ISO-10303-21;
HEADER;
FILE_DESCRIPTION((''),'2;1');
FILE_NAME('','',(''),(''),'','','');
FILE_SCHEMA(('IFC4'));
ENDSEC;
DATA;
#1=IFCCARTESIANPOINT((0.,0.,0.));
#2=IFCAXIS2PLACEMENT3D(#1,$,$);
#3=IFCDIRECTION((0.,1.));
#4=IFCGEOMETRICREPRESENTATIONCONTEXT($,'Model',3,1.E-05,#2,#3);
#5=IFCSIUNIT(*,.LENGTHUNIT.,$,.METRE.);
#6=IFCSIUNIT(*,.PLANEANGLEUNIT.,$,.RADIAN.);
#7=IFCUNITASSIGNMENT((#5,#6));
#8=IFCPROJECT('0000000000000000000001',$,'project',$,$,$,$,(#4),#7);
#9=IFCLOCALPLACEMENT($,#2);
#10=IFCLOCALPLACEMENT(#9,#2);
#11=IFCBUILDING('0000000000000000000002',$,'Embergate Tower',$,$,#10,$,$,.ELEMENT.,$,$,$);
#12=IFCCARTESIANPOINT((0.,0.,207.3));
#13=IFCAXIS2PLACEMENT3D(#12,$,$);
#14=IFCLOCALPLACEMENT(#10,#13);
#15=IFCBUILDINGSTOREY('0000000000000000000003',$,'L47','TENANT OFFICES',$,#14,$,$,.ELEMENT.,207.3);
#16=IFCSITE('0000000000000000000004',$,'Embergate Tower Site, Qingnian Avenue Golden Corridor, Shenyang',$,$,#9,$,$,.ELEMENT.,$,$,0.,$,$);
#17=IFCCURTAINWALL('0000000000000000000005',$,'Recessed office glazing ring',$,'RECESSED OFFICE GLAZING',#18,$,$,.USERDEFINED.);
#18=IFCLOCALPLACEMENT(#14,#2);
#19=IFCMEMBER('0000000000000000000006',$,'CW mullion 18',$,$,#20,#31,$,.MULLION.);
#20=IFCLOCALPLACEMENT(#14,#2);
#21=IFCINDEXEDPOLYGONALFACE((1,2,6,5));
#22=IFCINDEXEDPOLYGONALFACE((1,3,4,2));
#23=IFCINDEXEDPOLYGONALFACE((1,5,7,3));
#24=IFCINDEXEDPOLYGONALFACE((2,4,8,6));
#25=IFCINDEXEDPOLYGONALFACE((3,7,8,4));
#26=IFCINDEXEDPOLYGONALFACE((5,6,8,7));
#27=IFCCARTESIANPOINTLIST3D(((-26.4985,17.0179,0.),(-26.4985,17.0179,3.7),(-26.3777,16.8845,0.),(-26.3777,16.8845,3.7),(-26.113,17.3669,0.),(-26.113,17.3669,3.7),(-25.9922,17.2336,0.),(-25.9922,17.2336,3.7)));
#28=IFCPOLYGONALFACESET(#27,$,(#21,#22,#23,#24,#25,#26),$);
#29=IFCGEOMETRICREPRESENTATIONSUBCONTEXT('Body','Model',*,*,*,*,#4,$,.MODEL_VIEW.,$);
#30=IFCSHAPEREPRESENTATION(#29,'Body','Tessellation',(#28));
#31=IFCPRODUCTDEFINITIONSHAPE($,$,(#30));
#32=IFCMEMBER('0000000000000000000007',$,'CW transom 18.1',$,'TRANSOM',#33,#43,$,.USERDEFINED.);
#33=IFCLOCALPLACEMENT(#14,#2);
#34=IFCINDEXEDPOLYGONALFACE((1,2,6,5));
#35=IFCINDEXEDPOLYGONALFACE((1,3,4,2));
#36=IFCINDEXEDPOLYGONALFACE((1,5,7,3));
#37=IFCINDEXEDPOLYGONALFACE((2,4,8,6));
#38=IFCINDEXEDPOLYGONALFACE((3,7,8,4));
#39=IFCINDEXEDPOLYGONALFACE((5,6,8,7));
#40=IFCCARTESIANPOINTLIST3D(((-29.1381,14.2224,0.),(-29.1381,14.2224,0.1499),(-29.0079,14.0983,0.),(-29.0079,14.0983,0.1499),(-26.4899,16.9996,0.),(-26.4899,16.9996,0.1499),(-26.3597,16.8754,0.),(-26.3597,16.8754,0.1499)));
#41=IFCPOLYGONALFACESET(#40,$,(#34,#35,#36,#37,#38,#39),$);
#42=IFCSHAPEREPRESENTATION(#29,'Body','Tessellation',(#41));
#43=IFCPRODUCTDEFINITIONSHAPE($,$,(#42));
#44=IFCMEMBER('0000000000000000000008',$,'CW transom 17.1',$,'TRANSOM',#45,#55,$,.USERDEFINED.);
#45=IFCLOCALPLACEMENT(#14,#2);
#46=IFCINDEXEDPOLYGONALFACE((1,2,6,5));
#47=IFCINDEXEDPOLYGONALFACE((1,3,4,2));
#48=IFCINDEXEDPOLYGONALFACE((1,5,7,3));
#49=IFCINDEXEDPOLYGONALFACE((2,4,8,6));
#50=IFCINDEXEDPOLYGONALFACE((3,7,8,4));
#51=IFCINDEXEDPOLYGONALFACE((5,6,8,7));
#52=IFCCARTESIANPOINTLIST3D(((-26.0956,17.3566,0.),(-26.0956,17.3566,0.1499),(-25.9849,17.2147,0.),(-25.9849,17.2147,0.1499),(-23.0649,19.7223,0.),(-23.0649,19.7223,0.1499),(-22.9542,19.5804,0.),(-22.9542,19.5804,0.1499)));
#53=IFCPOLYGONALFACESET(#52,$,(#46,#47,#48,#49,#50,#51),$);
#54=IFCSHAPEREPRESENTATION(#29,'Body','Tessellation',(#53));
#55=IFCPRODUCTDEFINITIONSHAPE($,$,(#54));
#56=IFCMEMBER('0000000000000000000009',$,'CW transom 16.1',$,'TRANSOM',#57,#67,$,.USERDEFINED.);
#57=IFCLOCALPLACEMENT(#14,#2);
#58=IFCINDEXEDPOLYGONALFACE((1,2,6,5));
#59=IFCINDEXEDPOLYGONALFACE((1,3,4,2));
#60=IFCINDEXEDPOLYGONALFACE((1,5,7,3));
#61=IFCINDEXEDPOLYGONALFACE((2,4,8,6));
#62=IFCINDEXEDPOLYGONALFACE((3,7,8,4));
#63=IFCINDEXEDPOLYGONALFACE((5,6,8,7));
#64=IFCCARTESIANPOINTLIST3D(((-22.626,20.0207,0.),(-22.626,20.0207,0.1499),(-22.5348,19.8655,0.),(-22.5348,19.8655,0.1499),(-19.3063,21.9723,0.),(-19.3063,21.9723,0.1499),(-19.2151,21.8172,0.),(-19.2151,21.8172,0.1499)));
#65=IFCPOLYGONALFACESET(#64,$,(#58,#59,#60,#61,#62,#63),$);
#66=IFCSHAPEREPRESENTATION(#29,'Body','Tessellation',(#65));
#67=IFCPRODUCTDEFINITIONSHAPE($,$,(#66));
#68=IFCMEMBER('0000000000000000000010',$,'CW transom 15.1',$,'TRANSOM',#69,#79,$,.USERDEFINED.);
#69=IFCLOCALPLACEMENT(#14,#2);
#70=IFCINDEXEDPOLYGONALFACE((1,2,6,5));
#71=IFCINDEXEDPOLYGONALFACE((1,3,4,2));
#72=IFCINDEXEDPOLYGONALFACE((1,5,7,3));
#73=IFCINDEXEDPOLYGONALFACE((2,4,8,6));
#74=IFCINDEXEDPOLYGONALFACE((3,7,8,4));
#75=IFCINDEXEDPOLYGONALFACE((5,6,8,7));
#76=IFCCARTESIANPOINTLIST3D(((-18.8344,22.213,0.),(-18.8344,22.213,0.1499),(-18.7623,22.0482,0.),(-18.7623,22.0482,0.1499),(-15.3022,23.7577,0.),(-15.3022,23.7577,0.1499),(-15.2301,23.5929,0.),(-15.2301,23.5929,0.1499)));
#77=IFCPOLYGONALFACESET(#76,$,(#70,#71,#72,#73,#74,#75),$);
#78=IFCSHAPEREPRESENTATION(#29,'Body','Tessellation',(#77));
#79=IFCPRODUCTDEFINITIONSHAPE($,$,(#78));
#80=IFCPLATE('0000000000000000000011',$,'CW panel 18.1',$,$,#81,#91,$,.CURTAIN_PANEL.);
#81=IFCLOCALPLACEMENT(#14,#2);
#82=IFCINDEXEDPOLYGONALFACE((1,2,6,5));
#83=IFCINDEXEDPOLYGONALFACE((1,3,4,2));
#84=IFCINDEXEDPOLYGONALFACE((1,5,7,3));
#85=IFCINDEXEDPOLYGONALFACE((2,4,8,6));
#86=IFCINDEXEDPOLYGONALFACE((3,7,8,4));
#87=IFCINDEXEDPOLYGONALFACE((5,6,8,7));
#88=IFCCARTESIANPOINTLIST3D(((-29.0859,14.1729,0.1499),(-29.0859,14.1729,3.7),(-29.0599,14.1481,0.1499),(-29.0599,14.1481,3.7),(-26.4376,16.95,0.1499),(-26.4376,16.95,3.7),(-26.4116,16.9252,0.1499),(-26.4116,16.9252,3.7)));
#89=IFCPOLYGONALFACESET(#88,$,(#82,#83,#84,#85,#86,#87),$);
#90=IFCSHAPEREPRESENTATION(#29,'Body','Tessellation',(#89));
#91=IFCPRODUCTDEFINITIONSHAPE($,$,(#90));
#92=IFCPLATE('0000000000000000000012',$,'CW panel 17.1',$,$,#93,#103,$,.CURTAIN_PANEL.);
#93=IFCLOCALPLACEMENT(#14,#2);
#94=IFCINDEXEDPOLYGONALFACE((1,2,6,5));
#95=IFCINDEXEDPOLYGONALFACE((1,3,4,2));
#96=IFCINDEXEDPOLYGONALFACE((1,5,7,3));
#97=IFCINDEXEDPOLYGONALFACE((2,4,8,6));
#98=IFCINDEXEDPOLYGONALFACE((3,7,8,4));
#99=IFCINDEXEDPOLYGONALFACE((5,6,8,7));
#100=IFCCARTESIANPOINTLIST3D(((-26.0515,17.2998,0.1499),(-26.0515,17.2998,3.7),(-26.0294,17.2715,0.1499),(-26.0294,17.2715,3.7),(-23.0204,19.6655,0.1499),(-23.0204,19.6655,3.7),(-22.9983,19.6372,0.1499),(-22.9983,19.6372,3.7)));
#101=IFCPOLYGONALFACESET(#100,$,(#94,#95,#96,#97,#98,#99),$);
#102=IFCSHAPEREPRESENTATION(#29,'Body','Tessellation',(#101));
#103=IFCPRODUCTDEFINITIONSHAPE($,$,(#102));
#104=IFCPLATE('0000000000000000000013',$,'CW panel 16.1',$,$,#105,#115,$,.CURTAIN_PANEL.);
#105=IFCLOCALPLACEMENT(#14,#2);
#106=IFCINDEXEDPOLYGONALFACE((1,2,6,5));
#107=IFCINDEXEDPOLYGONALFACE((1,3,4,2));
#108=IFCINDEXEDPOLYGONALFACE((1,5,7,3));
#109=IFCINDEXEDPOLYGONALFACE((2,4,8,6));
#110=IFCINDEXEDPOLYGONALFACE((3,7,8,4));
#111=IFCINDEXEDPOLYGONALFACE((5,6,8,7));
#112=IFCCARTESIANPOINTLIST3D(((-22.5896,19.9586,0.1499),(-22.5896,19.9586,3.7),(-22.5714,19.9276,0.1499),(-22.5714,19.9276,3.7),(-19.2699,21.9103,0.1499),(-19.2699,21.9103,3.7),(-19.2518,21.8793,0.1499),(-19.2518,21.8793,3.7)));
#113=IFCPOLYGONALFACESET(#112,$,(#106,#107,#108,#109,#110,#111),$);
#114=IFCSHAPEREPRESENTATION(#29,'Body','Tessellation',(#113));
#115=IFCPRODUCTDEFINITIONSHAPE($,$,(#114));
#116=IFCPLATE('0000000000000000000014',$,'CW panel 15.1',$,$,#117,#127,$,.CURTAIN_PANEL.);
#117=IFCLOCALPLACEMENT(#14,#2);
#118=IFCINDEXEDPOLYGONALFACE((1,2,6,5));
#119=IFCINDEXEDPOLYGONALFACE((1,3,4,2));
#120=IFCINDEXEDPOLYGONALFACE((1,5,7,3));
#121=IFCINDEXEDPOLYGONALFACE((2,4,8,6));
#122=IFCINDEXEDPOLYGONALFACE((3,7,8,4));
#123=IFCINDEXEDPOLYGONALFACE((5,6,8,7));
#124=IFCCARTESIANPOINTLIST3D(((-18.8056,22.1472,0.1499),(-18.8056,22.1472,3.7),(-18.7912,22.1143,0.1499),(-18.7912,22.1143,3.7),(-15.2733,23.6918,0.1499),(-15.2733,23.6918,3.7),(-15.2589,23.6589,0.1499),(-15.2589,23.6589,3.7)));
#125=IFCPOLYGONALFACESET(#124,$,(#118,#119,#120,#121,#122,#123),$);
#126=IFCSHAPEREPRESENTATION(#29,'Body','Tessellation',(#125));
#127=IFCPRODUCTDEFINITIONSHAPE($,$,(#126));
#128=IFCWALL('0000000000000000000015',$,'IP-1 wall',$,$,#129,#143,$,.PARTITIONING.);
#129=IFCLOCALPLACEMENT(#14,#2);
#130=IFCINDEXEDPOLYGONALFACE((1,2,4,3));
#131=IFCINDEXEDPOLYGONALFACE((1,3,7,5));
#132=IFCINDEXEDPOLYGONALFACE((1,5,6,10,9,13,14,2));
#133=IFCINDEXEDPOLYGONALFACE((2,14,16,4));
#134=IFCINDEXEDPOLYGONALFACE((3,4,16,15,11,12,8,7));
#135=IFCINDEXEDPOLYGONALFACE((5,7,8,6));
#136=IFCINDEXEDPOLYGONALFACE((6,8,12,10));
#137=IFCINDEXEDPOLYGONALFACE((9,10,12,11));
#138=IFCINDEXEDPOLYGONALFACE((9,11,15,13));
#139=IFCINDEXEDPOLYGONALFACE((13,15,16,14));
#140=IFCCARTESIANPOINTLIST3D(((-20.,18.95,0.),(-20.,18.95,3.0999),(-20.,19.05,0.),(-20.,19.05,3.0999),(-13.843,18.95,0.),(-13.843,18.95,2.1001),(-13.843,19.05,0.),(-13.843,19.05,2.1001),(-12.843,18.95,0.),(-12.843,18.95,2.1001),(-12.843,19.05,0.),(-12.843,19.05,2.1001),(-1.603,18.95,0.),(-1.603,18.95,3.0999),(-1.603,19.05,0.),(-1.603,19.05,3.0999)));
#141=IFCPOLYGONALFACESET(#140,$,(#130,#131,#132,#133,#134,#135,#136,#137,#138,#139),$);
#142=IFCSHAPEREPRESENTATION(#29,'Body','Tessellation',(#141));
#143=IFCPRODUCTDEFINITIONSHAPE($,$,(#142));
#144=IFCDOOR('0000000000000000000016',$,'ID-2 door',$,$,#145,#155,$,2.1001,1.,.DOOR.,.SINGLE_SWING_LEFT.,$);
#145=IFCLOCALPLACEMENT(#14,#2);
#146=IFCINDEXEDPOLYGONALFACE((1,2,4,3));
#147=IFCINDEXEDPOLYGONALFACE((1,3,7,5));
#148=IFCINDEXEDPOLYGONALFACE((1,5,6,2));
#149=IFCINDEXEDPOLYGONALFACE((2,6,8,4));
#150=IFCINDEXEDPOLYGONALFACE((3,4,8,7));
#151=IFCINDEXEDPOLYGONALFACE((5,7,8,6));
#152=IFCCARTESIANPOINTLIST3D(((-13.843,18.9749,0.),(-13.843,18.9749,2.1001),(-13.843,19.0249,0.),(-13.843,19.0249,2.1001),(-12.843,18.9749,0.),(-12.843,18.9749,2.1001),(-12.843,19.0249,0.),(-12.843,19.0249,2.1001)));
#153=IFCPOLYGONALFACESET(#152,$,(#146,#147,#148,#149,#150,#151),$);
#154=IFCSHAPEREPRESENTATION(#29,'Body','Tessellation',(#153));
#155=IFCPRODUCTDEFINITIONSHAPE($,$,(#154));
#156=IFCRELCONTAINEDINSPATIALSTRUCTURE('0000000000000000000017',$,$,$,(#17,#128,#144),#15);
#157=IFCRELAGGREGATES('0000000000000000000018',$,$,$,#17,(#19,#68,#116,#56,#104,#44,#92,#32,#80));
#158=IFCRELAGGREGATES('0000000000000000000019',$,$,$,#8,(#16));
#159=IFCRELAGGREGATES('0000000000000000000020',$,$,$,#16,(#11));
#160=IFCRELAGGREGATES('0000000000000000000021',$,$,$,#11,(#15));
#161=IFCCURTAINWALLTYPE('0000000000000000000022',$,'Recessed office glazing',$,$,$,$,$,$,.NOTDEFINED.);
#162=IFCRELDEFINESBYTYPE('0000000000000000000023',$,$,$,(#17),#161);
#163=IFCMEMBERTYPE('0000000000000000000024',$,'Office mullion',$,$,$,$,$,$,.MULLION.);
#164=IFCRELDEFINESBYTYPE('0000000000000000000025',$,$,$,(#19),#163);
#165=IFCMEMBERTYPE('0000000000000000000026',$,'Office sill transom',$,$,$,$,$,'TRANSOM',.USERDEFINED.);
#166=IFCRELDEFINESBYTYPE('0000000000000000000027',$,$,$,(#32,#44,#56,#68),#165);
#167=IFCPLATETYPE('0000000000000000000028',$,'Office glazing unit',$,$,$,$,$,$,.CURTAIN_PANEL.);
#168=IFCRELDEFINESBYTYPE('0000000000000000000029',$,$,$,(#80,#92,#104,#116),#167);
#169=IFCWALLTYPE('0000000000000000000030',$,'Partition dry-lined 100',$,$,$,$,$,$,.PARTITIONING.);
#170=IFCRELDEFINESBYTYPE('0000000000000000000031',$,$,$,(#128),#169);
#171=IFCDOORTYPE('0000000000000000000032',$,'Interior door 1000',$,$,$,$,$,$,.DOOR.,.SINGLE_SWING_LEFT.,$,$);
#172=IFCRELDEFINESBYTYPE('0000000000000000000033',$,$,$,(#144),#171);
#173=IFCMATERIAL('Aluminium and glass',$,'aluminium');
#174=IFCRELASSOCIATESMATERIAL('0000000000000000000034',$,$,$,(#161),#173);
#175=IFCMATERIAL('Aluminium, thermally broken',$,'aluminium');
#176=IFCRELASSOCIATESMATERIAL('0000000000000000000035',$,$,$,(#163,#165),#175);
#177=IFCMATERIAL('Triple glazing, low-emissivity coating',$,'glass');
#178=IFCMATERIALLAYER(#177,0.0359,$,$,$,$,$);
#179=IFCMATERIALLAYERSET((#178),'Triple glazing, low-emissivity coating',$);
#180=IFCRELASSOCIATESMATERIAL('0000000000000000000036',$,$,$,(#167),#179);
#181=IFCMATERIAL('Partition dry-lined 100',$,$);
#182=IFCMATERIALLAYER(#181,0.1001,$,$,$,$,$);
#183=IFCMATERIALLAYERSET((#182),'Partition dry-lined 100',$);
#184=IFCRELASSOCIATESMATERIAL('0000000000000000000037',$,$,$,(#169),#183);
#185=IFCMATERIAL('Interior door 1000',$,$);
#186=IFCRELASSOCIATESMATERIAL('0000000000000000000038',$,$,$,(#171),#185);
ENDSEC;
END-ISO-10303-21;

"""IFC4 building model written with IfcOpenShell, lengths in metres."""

from ifc_helpers import new_model, si_unit, direction, frame, frame_2d, origin, origin_2d, place, context, subcontext, project, spatial, rectangle, extrude, source, transform, mapped, material, layer, layer_set, material_profile, profile_set, type_object, element, fill, aggregate, save


model = new_model("IFC4")

# Units and contexts
model_context = context("Model", 3, precision=1e-05, world=origin(), true_north=direction((0.0, 1.0)))
body_context = subcontext(model_context, "Body", "Model", "MODEL_VIEW")
ifc_project = project(units=[si_unit("LENGTHUNIT", "METRE"), si_unit("PLANEANGLEUNIT", "RADIAN")], contexts=[model_context])

# Site, building, storey
site_placement = place(None, origin())
site = spatial("IfcSite", under=ifc_project, at=site_placement, Name="Embergate Tower Site, Qingnian Avenue Golden Corridor, Shenyang", CompositionType="ELEMENT", RefElevation=0.0)
building_placement = place(site_placement, origin())
building = spatial("IfcBuilding", under=site, at=building_placement, Name="Embergate Tower", CompositionType="ELEMENT")
storey_placement = place(building_placement, frame((0.0, 0.0, 207.3)))
storey = spatial("IfcBuildingStorey", under=building, at=storey_placement, Name="L47", Description="TENANT OFFICES", CompositionType="ELEMENT", Elevation=207.3)

# Curtain wall, members, plates
ifc_material_1 = material(Name="Aluminium and glass", Category="aluminium")
curtain_wall_type = type_object("IfcCurtainWallType", Name="Recessed office glazing", PredefinedType="NOTDEFINED", material=ifc_material_1)
curtain_wall_placement = place(storey_placement, origin())
curtain_wall = element("IfcCurtainWall", 1, at=curtain_wall_placement, inside=storey, type_object=curtain_wall_type, Name="Recessed office glazing ring", ObjectType="RECESSED OFFICE GLAZING", PredefinedType="USERDEFINED")
ifc_material_2 = material(Name="Aluminium, thermally broken", Category="aluminium")
ifc_material_profile_1 = material_profile(ifc_material_2, rectangle(XDim=0.1799, YDim=0.52, at=origin_2d()), Name="AL 520x180")
ifc_profile_set_1 = profile_set([ifc_material_profile_1], Name="Aluminium, thermally broken")
member_type_1 = type_object("IfcMemberType", Name="Office mullion", PredefinedType="MULLION", material=ifc_profile_set_1)
shared_shape_1 = source(origin(), body_context, "Body", "SweptSolid", [
    extrude(rectangle(XDim=0.1799, YDim=0.52, at=origin_2d()), origin(), (0.0, 0.0, 1.0), 3.7),
])
member_1_placement = place(storey_placement, frame((-26.2454, 17.1257, 0.0), z_axis=(0.0, 0.0, 1.0), x_axis=(0.67123, -0.741249, 0.0)))
member_1 = element("IfcMember", 2, at=member_1_placement, type_object=member_type_1, Name="CW mullion 18", PredefinedType="MULLION", context=body_context, shape_type="MappedRepresentation", body=[
    mapped(shared_shape_1, transform((0.0, 0.0, 0.0))),
])
ifc_material_profile_2 = material_profile(ifc_material_2, rectangle(XDim=0.1799, YDim=0.1499, at=origin_2d()), Name="AL 150x180")
ifc_profile_set_2 = profile_set([ifc_material_profile_2], Name="Aluminium, thermally broken")
member_type_2 = type_object("IfcMemberType", Name="Office sill transom", ElementType="TRANSOM", PredefinedType="USERDEFINED", material=ifc_profile_set_2)
shared_shape_2 = source(origin(), body_context, "Body", "SweptSolid", [
    extrude(rectangle(XDim=0.1799, YDim=0.1499, at=origin_2d()), origin(), (0.0, 0.0, 1.0), 3.8374),
])
member_2_placement = place(storey_placement, frame((-26.4248, 16.9375, 0.075), z_axis=(-0.690111, -0.723704, 0.0), x_axis=(0.723704, -0.690111, 0.0)))
member_2 = element("IfcMember", 3, at=member_2_placement, type_object=member_type_2, Name="CW transom 18.1", ObjectType="TRANSOM", PredefinedType="USERDEFINED", context=body_context, shape_type="MappedRepresentation", body=[
    mapped(shared_shape_2, transform((0.0, 0.0, 0.0))),
])
shared_shape_3 = source(origin(), body_context, "Body", "SweptSolid", [
    extrude(rectangle(XDim=0.1799, YDim=0.1499, at=origin_2d()), origin(), (0.0, 0.0, 1.0), 3.8447),
])
member_3_placement = place(storey_placement, frame((-23.0095, 19.6514, 0.075), z_axis=(-0.788284, -0.615311, 0.0), x_axis=(0.615311, -0.788284, 0.0)))
member_3 = element("IfcMember", 4, at=member_3_placement, type_object=member_type_2, Name="CW transom 17.1", ObjectType="TRANSOM", PredefinedType="USERDEFINED", context=body_context, shape_type="MappedRepresentation", body=[
    mapped(shared_shape_3, transform((0.0, 0.0, 0.0))),
])
shared_shape_4 = source(origin(), body_context, "Body", "SweptSolid", [
    extrude(rectangle(XDim=0.1799, YDim=0.1499, at=origin_2d()), origin(), (0.0, 0.0, 1.0), 3.8508),
])
member_4_placement = place(storey_placement, frame((-19.2607, 21.8948, 0.075), z_axis=(-0.862052, -0.506821, 0.0), x_axis=(0.506821, -0.862052, 0.0)))
member_4 = element("IfcMember", 5, at=member_4_placement, type_object=member_type_2, Name="CW transom 16.1", ObjectType="TRANSOM", PredefinedType="USERDEFINED", context=body_context, shape_type="MappedRepresentation", body=[
    mapped(shared_shape_4, transform((0.0, 0.0, 0.0))),
])
shared_shape_5 = source(origin(), body_context, "Body", "SweptSolid", [
    extrude(rectangle(XDim=0.1799, YDim=0.1499, at=origin_2d()), origin(), (0.0, 0.0, 1.0), 3.8552),
])
member_5_placement = place(storey_placement, frame((-15.2661, 23.6753, 0.075), z_axis=(-0.916221, -0.400673, 0.0), x_axis=(0.400673, -0.916221, 0.0)))
member_5 = element("IfcMember", 6, at=member_5_placement, type_object=member_type_2, Name="CW transom 15.1", ObjectType="TRANSOM", PredefinedType="USERDEFINED", context=body_context, shape_type="MappedRepresentation", body=[
    mapped(shared_shape_5, transform((0.0, 0.0, 0.0))),
])
ifc_material_3 = material(Name="Triple glazing, low-emissivity coating", Category="glass")
ifc_layer_1 = layer(ifc_material_3, 0.0359)
ifc_layer_set_1 = layer_set([ifc_layer_1], Name="Triple glazing, low-emissivity coating")
plate_type = type_object("IfcPlateType", Name="Office glazing unit", PredefinedType="CURTAIN_PANEL", material=ifc_layer_set_1)
shared_shape_6 = source(origin(), body_context, "Body", "SweptSolid", [
    extrude(rectangle(XDim=3.8374, YDim=0.0359, at=origin_2d()), origin(), (0.0, 0.0, 1.0), 3.55),
])
plate_1_placement = place(storey_placement, frame((-27.7488, 15.5491, 0.1499), z_axis=(0.0, 0.0, 1.0), x_axis=(-0.690129, -0.723687, 0.0)))
plate_1 = element("IfcPlate", 7, at=plate_1_placement, type_object=plate_type, Name="CW panel 18.1", PredefinedType="CURTAIN_PANEL", context=body_context, shape_type="MappedRepresentation", body=[
    mapped(shared_shape_6, transform((0.0, 0.0, 0.0))),
])
shared_shape_7 = source(origin(), body_context, "Body", "SweptSolid", [
    extrude(rectangle(XDim=3.845, YDim=0.0359, at=origin_2d()), origin(), (0.0, 0.0, 1.0), 3.55),
])
plate_2_placement = place(storey_placement, frame((-24.5249, 18.4685, 0.1499), z_axis=(0.0, 0.0, 1.0), x_axis=(-0.788316, -0.615271, 0.0)))
plate_2 = element("IfcPlate", 8, at=plate_2_placement, type_object=plate_type, Name="CW panel 17.1", PredefinedType="CURTAIN_PANEL", context=body_context, shape_type="MappedRepresentation", body=[
    mapped(shared_shape_7, transform((0.0, 0.0, 0.0))),
])
shared_shape_8 = source(origin(), body_context, "Body", "SweptSolid", [
    extrude(rectangle(XDim=3.8508, YDim=0.0359, at=origin_2d()), origin(), (0.0, 0.0, 1.0), 3.55),
])
plate_3_placement = place(storey_placement, frame((-20.9207, 20.9189, 0.1499), z_axis=(0.0, 0.0, 1.0), x_axis=(-0.86205, -0.506824, 0.0)))
plate_3 = element("IfcPlate", 9, at=plate_3_placement, type_object=plate_type, Name="CW panel 16.1", PredefinedType="CURTAIN_PANEL", context=body_context, shape_type="MappedRepresentation", body=[
    mapped(shared_shape_8, transform((0.0, 0.0, 0.0))),
])
shared_shape_9 = source(origin(), body_context, "Body", "SweptSolid", [
    extrude(rectangle(XDim=3.8552, YDim=0.0359, at=origin_2d()), origin(), (0.0, 0.0, 1.0), 3.55),
])
plate_4_placement = place(storey_placement, frame((-17.0322, 22.9031, 0.1499), z_axis=(0.0, 0.0, 1.0), x_axis=(-0.916233, -0.400645, 0.0)))
plate_4 = element("IfcPlate", 10, at=plate_4_placement, type_object=plate_type, Name="CW panel 15.1", PredefinedType="CURTAIN_PANEL", context=body_context, shape_type="MappedRepresentation", body=[
    mapped(shared_shape_9, transform((0.0, 0.0, 0.0))),
])
aggregate(curtain_wall, [member_1, member_5, plate_4, member_4, plate_3, member_3, plate_2, member_2, plate_1])

# Wall, opening, door
ifc_material_4 = material(Name="Partition dry-lined 100")
ifc_layer_2 = layer(ifc_material_4, 0.1001)
ifc_layer_set_2 = layer_set([ifc_layer_2], Name="Partition dry-lined 100")
wall_type = type_object("IfcWallType", Name="Partition dry-lined 100", PredefinedType="PARTITIONING", material=ifc_layer_set_2)
shared_shape_10 = source(origin(), body_context, "Body", "SweptSolid", [
    extrude(rectangle(XDim=18.397, YDim=0.1001, at=frame_2d((9.1985, 0.0))), origin(), (0.0, 0.0, 1.0), 3.0999),
])
wall_placement = place(storey_placement, frame((-20.0, 19.0, 0.0), z_axis=(0.0, 0.0, 1.0), x_axis=(1.0, 0.0, 0.0)))
wall = element("IfcWall", 11, at=wall_placement, inside=storey, type_object=wall_type, Name="IP-1 wall", PredefinedType="PARTITIONING", context=body_context, shape_type="MappedRepresentation", body=[
    mapped(shared_shape_10, transform((0.0, 0.0, 0.0))),
])
shared_shape_11 = source(origin(), body_context, "Body", "SweptSolid", [
    extrude(rectangle(XDim=1.0, YDim=2.1001, at=frame_2d((0.5, 1.05))), frame((0.0, 0.0601, 0.0), z_axis=(0.0, -1.0, 0.0), x_axis=(1.0, 0.0, 0.0)), (0.0, 0.0, 1.0), 0.1201),
])
opening_placement = place(wall_placement, frame((6.157, 0.0, 0.0)))
opening = element("IfcOpeningElement", 12, at=opening_placement, cuts=wall, PredefinedType="OPENING", context=body_context, shape_type="MappedRepresentation", body=[
    mapped(shared_shape_11, transform((0.0, 0.0, 0.0))),
])
ifc_material_5 = material(Name="Interior door 1000")
door_type = type_object("IfcDoorType", Name="Interior door 1000", OperationType="SINGLE_SWING_LEFT", PredefinedType="DOOR", material=ifc_material_5)
shared_shape_12 = source(origin(), body_context, "Body", "SweptSolid", [
    extrude(rectangle(XDim=1.0, YDim=2.1001, at=frame_2d((0.5, 1.05))), frame((0.0, 0.0249, 0.0), z_axis=(0.0, -1.0, 0.0), x_axis=(1.0, 0.0, 0.0)), (0.0, 0.0, 1.0), 0.05),
])
door_placement = place(opening_placement, origin())
door = element("IfcDoor", 13, at=door_placement, inside=storey, type_object=door_type, Name="ID-2 door", OperationType="SINGLE_SWING_LEFT", OverallHeight=2.1001, OverallWidth=1.0, PredefinedType="DOOR", context=body_context, shape_type="MappedRepresentation", body=[
    mapped(shared_shape_12, transform((0.0, 0.0, 0.0))),
])
fill(opening, door)

save(model, "model.ifc")
